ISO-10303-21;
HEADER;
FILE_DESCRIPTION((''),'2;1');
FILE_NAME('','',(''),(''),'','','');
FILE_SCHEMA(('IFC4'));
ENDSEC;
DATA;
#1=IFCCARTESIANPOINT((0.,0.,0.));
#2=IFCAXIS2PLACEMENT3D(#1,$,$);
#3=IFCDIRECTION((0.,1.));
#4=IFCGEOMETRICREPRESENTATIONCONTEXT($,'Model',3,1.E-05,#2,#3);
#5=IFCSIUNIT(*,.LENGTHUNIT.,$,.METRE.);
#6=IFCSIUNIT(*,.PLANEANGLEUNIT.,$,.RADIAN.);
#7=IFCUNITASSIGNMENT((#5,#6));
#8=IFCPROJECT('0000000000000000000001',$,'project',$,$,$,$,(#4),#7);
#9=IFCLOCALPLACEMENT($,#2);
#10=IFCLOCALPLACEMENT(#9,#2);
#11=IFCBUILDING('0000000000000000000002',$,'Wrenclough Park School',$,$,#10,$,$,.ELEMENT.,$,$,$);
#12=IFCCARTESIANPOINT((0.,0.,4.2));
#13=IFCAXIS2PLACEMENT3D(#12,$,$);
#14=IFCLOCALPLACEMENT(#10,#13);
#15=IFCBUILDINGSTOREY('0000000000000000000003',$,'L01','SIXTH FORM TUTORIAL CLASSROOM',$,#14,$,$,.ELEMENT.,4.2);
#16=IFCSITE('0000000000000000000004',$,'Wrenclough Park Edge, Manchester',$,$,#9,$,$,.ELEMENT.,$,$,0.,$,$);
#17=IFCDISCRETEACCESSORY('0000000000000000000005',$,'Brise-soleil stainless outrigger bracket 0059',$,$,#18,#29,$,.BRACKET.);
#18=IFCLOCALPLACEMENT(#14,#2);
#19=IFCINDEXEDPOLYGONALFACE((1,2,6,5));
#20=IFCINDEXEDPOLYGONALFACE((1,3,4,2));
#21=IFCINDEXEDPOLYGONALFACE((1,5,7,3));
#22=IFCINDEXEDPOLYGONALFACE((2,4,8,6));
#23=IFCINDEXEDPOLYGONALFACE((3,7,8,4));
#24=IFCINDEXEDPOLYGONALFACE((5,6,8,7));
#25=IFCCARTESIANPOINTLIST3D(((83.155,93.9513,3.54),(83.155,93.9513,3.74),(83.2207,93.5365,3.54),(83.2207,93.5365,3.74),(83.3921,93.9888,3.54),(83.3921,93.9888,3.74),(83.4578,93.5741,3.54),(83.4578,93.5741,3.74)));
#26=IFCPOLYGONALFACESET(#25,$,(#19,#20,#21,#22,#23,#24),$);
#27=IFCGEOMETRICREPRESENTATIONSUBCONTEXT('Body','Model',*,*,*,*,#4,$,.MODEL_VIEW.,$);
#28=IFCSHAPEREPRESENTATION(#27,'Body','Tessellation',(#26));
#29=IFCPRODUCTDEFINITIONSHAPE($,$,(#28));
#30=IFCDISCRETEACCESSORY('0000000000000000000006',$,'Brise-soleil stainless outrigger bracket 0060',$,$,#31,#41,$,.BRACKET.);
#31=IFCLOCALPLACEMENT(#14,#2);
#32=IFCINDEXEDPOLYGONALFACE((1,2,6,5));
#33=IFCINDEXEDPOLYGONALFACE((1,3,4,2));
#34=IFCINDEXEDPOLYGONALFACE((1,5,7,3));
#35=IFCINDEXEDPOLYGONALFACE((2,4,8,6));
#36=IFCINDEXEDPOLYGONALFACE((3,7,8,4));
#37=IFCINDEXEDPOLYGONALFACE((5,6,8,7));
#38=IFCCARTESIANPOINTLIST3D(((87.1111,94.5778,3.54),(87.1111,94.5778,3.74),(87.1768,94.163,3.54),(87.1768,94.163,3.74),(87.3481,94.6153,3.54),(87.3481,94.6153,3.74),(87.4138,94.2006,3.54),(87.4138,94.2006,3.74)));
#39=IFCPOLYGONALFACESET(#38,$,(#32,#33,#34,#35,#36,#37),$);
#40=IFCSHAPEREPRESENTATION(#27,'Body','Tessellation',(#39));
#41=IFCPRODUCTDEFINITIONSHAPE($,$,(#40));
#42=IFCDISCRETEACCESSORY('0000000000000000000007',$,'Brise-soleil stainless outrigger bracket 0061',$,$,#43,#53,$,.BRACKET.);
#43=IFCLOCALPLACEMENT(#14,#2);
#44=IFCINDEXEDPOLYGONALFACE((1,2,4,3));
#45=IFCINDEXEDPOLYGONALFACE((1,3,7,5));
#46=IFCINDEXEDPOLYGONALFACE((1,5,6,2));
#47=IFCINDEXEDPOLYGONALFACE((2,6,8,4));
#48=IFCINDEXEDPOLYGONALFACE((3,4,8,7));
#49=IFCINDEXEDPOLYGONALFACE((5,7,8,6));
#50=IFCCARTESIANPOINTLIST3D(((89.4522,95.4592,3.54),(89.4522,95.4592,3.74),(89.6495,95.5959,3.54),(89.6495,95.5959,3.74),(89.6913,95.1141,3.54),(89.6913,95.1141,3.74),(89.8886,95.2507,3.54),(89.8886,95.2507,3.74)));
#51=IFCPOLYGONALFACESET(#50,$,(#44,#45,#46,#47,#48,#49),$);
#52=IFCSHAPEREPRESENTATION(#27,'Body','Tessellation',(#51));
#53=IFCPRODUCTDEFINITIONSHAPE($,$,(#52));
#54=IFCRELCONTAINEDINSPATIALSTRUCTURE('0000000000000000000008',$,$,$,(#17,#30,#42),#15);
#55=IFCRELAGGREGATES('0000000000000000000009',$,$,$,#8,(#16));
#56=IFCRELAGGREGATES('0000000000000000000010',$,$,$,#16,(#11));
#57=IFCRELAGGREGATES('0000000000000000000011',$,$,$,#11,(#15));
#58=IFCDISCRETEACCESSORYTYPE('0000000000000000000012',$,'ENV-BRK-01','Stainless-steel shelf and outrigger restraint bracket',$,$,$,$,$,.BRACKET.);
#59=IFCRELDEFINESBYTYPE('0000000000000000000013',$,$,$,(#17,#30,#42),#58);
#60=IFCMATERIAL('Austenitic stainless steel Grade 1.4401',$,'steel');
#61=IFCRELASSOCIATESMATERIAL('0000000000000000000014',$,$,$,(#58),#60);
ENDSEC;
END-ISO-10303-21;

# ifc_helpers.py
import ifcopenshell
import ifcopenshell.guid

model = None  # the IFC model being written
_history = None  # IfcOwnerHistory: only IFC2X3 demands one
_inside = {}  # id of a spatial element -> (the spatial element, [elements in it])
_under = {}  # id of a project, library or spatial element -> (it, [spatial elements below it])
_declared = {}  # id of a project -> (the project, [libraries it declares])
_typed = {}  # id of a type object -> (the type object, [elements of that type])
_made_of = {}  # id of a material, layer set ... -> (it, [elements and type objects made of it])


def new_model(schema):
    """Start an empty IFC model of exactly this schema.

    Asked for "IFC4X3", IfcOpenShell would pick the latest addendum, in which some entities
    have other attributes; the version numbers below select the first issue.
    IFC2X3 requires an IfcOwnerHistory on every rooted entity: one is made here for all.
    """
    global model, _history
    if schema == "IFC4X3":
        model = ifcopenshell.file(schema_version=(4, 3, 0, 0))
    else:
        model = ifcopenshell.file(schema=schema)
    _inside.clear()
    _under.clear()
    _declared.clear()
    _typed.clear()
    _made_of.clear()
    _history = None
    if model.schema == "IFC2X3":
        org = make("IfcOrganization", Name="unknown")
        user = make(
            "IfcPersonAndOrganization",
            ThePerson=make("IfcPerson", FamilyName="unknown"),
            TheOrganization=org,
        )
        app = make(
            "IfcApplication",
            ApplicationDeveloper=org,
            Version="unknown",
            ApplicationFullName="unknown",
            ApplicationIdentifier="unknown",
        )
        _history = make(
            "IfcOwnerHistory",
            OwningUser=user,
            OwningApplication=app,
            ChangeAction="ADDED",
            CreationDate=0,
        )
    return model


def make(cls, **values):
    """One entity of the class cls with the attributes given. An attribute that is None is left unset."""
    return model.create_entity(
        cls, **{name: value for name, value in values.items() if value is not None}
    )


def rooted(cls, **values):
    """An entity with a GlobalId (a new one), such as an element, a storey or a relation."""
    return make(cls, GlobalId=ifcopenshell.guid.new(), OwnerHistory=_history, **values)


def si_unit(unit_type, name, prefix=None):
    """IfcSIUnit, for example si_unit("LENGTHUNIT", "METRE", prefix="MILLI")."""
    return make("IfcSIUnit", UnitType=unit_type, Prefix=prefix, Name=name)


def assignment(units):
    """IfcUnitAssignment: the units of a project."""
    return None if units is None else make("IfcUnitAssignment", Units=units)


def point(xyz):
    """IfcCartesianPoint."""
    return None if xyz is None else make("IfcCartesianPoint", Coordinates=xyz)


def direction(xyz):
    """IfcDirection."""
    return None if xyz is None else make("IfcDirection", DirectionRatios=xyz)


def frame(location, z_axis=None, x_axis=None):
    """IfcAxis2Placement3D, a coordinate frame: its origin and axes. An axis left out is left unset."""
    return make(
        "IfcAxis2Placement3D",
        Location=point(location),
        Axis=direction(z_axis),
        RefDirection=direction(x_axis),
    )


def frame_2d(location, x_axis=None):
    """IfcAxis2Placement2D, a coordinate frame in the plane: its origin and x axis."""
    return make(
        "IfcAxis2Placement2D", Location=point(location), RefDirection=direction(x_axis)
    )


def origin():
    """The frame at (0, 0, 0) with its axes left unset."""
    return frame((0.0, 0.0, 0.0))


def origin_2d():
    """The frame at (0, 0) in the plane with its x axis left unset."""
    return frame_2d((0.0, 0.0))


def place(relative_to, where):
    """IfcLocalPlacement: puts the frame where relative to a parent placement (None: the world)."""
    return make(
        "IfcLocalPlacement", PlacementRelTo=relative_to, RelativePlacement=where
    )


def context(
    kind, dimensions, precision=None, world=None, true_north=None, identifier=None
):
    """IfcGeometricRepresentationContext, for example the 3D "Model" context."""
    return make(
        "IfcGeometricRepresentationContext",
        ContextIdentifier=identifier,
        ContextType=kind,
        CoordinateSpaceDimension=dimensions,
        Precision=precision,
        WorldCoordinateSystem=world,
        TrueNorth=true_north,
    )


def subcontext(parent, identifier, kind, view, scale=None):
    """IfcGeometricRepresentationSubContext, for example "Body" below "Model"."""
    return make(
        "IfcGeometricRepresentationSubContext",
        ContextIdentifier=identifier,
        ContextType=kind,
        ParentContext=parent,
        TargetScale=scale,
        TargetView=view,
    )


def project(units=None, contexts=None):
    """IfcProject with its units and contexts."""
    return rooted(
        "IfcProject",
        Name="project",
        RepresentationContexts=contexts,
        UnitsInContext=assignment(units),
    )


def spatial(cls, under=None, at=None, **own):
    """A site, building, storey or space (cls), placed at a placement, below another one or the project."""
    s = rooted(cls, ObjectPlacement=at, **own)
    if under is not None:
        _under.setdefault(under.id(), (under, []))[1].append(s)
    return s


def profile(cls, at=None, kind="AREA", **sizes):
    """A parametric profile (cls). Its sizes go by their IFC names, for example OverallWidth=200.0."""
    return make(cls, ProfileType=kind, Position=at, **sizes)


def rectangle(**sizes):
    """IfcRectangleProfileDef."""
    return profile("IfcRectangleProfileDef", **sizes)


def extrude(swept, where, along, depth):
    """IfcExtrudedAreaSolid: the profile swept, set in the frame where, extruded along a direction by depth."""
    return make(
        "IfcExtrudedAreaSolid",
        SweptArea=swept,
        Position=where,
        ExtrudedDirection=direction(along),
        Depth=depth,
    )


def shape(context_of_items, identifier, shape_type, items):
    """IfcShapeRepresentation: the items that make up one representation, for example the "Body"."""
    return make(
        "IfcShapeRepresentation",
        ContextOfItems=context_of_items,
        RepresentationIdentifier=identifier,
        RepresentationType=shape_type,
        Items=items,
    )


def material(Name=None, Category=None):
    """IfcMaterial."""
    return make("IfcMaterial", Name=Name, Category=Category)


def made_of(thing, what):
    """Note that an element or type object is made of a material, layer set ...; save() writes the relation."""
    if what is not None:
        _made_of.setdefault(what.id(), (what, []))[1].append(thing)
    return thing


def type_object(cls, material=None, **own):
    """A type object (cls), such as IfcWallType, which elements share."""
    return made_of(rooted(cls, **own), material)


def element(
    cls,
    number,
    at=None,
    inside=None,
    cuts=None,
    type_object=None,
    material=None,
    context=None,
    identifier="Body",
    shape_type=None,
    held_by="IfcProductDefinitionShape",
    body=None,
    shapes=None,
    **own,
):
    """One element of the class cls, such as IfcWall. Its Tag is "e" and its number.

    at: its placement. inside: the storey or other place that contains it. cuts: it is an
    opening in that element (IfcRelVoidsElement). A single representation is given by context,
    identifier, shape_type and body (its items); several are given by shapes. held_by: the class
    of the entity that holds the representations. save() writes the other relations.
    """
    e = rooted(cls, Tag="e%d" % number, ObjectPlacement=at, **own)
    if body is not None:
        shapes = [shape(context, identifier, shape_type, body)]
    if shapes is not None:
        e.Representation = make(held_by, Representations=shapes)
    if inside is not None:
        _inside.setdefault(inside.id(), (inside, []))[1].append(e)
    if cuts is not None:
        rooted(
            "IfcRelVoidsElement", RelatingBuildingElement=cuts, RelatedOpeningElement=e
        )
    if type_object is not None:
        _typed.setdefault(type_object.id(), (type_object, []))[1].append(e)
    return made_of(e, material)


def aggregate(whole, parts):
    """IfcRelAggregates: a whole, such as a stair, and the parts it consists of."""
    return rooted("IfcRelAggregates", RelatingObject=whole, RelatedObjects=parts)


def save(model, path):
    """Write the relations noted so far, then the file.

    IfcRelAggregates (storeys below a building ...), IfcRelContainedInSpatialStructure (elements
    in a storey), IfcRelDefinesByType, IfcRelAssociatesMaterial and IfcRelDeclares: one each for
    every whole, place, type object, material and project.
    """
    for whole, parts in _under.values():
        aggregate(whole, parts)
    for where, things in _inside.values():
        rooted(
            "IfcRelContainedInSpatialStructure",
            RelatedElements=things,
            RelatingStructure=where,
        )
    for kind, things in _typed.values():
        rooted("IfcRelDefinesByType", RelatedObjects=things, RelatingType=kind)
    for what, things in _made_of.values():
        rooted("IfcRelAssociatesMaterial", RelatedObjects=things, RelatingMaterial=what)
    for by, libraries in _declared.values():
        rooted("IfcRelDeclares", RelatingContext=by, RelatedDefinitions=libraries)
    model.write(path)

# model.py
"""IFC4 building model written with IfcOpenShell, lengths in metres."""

from ifc_helpers import new_model, si_unit, direction, frame, origin, origin_2d, place, context, subcontext, project, spatial, rectangle, extrude, material, type_object, element, save


model = new_model("IFC4")

# Units and contexts
model_context = context("Model", 3, precision=1e-05, world=origin(), true_north=direction((0.0, 1.0)))
body_context = subcontext(model_context, "Body", "Model", "MODEL_VIEW")
ifc_project = project(units=[si_unit("LENGTHUNIT", "METRE"), si_unit("PLANEANGLEUNIT", "RADIAN")], contexts=[model_context])

# Site, building, storey
site_placement = place(None, origin())
site = spatial("IfcSite", under=ifc_project, at=site_placement, Name="Wrenclough Park Edge, Manchester", CompositionType="ELEMENT", RefElevation=0.0)
building_placement = place(site_placement, origin())
building = spatial("IfcBuilding", under=site, at=building_placement, Name="Wrenclough Park School", CompositionType="ELEMENT")
storey_placement = place(building_placement, frame((0.0, 0.0, 4.2)))
storey = spatial("IfcBuildingStorey", under=building, at=storey_placement, Name="L01", Description="SIXTH FORM TUTORIAL CLASSROOM", CompositionType="ELEMENT", Elevation=4.2)

# Discrete accessories
ifc_material_1 = material(Name="Austenitic stainless steel Grade 1.4401", Category="steel")
discrete_accessory_type = type_object("IfcDiscreteAccessoryType", Name="ENV-BRK-01", Description="Stainless-steel shelf and outrigger restraint bracket", PredefinedType="BRACKET", material=ifc_material_1)
for number, where, z_axis, x_axis, name in (
    (1, (83.3064, 93.7627, 3.54), (0.0, 0.0, 1.0), (0.987688, 0.156436, 0.0), "Brise-soleil stainless outrigger bracket 0059"),
    (2, (87.2625, 94.3892, 3.54), (0.0, 0.0, 1.0), (0.987688, 0.156436, 0.0), "Brise-soleil stainless outrigger bracket 0060"),
    (3, (89.6704, 95.355, 3.54), (0.0, 0.0, 1.0), (0.822008, 0.569476, 0.0), "Brise-soleil stainless outrigger bracket 0061"),
):
    element("IfcDiscreteAccessory", number, at=place(storey_placement, frame(where, z_axis=z_axis, x_axis=x_axis)), inside=storey, type_object=discrete_accessory_type, Name=name, PredefinedType="BRACKET", context=body_context, shape_type="SweptSolid", body=[
        extrude(rectangle(XDim=0.24, YDim=0.4199, at=origin_2d()), origin(), (0.0, 0.0, 1.0), 0.2),
    ])

save(model, "model.ifc")
